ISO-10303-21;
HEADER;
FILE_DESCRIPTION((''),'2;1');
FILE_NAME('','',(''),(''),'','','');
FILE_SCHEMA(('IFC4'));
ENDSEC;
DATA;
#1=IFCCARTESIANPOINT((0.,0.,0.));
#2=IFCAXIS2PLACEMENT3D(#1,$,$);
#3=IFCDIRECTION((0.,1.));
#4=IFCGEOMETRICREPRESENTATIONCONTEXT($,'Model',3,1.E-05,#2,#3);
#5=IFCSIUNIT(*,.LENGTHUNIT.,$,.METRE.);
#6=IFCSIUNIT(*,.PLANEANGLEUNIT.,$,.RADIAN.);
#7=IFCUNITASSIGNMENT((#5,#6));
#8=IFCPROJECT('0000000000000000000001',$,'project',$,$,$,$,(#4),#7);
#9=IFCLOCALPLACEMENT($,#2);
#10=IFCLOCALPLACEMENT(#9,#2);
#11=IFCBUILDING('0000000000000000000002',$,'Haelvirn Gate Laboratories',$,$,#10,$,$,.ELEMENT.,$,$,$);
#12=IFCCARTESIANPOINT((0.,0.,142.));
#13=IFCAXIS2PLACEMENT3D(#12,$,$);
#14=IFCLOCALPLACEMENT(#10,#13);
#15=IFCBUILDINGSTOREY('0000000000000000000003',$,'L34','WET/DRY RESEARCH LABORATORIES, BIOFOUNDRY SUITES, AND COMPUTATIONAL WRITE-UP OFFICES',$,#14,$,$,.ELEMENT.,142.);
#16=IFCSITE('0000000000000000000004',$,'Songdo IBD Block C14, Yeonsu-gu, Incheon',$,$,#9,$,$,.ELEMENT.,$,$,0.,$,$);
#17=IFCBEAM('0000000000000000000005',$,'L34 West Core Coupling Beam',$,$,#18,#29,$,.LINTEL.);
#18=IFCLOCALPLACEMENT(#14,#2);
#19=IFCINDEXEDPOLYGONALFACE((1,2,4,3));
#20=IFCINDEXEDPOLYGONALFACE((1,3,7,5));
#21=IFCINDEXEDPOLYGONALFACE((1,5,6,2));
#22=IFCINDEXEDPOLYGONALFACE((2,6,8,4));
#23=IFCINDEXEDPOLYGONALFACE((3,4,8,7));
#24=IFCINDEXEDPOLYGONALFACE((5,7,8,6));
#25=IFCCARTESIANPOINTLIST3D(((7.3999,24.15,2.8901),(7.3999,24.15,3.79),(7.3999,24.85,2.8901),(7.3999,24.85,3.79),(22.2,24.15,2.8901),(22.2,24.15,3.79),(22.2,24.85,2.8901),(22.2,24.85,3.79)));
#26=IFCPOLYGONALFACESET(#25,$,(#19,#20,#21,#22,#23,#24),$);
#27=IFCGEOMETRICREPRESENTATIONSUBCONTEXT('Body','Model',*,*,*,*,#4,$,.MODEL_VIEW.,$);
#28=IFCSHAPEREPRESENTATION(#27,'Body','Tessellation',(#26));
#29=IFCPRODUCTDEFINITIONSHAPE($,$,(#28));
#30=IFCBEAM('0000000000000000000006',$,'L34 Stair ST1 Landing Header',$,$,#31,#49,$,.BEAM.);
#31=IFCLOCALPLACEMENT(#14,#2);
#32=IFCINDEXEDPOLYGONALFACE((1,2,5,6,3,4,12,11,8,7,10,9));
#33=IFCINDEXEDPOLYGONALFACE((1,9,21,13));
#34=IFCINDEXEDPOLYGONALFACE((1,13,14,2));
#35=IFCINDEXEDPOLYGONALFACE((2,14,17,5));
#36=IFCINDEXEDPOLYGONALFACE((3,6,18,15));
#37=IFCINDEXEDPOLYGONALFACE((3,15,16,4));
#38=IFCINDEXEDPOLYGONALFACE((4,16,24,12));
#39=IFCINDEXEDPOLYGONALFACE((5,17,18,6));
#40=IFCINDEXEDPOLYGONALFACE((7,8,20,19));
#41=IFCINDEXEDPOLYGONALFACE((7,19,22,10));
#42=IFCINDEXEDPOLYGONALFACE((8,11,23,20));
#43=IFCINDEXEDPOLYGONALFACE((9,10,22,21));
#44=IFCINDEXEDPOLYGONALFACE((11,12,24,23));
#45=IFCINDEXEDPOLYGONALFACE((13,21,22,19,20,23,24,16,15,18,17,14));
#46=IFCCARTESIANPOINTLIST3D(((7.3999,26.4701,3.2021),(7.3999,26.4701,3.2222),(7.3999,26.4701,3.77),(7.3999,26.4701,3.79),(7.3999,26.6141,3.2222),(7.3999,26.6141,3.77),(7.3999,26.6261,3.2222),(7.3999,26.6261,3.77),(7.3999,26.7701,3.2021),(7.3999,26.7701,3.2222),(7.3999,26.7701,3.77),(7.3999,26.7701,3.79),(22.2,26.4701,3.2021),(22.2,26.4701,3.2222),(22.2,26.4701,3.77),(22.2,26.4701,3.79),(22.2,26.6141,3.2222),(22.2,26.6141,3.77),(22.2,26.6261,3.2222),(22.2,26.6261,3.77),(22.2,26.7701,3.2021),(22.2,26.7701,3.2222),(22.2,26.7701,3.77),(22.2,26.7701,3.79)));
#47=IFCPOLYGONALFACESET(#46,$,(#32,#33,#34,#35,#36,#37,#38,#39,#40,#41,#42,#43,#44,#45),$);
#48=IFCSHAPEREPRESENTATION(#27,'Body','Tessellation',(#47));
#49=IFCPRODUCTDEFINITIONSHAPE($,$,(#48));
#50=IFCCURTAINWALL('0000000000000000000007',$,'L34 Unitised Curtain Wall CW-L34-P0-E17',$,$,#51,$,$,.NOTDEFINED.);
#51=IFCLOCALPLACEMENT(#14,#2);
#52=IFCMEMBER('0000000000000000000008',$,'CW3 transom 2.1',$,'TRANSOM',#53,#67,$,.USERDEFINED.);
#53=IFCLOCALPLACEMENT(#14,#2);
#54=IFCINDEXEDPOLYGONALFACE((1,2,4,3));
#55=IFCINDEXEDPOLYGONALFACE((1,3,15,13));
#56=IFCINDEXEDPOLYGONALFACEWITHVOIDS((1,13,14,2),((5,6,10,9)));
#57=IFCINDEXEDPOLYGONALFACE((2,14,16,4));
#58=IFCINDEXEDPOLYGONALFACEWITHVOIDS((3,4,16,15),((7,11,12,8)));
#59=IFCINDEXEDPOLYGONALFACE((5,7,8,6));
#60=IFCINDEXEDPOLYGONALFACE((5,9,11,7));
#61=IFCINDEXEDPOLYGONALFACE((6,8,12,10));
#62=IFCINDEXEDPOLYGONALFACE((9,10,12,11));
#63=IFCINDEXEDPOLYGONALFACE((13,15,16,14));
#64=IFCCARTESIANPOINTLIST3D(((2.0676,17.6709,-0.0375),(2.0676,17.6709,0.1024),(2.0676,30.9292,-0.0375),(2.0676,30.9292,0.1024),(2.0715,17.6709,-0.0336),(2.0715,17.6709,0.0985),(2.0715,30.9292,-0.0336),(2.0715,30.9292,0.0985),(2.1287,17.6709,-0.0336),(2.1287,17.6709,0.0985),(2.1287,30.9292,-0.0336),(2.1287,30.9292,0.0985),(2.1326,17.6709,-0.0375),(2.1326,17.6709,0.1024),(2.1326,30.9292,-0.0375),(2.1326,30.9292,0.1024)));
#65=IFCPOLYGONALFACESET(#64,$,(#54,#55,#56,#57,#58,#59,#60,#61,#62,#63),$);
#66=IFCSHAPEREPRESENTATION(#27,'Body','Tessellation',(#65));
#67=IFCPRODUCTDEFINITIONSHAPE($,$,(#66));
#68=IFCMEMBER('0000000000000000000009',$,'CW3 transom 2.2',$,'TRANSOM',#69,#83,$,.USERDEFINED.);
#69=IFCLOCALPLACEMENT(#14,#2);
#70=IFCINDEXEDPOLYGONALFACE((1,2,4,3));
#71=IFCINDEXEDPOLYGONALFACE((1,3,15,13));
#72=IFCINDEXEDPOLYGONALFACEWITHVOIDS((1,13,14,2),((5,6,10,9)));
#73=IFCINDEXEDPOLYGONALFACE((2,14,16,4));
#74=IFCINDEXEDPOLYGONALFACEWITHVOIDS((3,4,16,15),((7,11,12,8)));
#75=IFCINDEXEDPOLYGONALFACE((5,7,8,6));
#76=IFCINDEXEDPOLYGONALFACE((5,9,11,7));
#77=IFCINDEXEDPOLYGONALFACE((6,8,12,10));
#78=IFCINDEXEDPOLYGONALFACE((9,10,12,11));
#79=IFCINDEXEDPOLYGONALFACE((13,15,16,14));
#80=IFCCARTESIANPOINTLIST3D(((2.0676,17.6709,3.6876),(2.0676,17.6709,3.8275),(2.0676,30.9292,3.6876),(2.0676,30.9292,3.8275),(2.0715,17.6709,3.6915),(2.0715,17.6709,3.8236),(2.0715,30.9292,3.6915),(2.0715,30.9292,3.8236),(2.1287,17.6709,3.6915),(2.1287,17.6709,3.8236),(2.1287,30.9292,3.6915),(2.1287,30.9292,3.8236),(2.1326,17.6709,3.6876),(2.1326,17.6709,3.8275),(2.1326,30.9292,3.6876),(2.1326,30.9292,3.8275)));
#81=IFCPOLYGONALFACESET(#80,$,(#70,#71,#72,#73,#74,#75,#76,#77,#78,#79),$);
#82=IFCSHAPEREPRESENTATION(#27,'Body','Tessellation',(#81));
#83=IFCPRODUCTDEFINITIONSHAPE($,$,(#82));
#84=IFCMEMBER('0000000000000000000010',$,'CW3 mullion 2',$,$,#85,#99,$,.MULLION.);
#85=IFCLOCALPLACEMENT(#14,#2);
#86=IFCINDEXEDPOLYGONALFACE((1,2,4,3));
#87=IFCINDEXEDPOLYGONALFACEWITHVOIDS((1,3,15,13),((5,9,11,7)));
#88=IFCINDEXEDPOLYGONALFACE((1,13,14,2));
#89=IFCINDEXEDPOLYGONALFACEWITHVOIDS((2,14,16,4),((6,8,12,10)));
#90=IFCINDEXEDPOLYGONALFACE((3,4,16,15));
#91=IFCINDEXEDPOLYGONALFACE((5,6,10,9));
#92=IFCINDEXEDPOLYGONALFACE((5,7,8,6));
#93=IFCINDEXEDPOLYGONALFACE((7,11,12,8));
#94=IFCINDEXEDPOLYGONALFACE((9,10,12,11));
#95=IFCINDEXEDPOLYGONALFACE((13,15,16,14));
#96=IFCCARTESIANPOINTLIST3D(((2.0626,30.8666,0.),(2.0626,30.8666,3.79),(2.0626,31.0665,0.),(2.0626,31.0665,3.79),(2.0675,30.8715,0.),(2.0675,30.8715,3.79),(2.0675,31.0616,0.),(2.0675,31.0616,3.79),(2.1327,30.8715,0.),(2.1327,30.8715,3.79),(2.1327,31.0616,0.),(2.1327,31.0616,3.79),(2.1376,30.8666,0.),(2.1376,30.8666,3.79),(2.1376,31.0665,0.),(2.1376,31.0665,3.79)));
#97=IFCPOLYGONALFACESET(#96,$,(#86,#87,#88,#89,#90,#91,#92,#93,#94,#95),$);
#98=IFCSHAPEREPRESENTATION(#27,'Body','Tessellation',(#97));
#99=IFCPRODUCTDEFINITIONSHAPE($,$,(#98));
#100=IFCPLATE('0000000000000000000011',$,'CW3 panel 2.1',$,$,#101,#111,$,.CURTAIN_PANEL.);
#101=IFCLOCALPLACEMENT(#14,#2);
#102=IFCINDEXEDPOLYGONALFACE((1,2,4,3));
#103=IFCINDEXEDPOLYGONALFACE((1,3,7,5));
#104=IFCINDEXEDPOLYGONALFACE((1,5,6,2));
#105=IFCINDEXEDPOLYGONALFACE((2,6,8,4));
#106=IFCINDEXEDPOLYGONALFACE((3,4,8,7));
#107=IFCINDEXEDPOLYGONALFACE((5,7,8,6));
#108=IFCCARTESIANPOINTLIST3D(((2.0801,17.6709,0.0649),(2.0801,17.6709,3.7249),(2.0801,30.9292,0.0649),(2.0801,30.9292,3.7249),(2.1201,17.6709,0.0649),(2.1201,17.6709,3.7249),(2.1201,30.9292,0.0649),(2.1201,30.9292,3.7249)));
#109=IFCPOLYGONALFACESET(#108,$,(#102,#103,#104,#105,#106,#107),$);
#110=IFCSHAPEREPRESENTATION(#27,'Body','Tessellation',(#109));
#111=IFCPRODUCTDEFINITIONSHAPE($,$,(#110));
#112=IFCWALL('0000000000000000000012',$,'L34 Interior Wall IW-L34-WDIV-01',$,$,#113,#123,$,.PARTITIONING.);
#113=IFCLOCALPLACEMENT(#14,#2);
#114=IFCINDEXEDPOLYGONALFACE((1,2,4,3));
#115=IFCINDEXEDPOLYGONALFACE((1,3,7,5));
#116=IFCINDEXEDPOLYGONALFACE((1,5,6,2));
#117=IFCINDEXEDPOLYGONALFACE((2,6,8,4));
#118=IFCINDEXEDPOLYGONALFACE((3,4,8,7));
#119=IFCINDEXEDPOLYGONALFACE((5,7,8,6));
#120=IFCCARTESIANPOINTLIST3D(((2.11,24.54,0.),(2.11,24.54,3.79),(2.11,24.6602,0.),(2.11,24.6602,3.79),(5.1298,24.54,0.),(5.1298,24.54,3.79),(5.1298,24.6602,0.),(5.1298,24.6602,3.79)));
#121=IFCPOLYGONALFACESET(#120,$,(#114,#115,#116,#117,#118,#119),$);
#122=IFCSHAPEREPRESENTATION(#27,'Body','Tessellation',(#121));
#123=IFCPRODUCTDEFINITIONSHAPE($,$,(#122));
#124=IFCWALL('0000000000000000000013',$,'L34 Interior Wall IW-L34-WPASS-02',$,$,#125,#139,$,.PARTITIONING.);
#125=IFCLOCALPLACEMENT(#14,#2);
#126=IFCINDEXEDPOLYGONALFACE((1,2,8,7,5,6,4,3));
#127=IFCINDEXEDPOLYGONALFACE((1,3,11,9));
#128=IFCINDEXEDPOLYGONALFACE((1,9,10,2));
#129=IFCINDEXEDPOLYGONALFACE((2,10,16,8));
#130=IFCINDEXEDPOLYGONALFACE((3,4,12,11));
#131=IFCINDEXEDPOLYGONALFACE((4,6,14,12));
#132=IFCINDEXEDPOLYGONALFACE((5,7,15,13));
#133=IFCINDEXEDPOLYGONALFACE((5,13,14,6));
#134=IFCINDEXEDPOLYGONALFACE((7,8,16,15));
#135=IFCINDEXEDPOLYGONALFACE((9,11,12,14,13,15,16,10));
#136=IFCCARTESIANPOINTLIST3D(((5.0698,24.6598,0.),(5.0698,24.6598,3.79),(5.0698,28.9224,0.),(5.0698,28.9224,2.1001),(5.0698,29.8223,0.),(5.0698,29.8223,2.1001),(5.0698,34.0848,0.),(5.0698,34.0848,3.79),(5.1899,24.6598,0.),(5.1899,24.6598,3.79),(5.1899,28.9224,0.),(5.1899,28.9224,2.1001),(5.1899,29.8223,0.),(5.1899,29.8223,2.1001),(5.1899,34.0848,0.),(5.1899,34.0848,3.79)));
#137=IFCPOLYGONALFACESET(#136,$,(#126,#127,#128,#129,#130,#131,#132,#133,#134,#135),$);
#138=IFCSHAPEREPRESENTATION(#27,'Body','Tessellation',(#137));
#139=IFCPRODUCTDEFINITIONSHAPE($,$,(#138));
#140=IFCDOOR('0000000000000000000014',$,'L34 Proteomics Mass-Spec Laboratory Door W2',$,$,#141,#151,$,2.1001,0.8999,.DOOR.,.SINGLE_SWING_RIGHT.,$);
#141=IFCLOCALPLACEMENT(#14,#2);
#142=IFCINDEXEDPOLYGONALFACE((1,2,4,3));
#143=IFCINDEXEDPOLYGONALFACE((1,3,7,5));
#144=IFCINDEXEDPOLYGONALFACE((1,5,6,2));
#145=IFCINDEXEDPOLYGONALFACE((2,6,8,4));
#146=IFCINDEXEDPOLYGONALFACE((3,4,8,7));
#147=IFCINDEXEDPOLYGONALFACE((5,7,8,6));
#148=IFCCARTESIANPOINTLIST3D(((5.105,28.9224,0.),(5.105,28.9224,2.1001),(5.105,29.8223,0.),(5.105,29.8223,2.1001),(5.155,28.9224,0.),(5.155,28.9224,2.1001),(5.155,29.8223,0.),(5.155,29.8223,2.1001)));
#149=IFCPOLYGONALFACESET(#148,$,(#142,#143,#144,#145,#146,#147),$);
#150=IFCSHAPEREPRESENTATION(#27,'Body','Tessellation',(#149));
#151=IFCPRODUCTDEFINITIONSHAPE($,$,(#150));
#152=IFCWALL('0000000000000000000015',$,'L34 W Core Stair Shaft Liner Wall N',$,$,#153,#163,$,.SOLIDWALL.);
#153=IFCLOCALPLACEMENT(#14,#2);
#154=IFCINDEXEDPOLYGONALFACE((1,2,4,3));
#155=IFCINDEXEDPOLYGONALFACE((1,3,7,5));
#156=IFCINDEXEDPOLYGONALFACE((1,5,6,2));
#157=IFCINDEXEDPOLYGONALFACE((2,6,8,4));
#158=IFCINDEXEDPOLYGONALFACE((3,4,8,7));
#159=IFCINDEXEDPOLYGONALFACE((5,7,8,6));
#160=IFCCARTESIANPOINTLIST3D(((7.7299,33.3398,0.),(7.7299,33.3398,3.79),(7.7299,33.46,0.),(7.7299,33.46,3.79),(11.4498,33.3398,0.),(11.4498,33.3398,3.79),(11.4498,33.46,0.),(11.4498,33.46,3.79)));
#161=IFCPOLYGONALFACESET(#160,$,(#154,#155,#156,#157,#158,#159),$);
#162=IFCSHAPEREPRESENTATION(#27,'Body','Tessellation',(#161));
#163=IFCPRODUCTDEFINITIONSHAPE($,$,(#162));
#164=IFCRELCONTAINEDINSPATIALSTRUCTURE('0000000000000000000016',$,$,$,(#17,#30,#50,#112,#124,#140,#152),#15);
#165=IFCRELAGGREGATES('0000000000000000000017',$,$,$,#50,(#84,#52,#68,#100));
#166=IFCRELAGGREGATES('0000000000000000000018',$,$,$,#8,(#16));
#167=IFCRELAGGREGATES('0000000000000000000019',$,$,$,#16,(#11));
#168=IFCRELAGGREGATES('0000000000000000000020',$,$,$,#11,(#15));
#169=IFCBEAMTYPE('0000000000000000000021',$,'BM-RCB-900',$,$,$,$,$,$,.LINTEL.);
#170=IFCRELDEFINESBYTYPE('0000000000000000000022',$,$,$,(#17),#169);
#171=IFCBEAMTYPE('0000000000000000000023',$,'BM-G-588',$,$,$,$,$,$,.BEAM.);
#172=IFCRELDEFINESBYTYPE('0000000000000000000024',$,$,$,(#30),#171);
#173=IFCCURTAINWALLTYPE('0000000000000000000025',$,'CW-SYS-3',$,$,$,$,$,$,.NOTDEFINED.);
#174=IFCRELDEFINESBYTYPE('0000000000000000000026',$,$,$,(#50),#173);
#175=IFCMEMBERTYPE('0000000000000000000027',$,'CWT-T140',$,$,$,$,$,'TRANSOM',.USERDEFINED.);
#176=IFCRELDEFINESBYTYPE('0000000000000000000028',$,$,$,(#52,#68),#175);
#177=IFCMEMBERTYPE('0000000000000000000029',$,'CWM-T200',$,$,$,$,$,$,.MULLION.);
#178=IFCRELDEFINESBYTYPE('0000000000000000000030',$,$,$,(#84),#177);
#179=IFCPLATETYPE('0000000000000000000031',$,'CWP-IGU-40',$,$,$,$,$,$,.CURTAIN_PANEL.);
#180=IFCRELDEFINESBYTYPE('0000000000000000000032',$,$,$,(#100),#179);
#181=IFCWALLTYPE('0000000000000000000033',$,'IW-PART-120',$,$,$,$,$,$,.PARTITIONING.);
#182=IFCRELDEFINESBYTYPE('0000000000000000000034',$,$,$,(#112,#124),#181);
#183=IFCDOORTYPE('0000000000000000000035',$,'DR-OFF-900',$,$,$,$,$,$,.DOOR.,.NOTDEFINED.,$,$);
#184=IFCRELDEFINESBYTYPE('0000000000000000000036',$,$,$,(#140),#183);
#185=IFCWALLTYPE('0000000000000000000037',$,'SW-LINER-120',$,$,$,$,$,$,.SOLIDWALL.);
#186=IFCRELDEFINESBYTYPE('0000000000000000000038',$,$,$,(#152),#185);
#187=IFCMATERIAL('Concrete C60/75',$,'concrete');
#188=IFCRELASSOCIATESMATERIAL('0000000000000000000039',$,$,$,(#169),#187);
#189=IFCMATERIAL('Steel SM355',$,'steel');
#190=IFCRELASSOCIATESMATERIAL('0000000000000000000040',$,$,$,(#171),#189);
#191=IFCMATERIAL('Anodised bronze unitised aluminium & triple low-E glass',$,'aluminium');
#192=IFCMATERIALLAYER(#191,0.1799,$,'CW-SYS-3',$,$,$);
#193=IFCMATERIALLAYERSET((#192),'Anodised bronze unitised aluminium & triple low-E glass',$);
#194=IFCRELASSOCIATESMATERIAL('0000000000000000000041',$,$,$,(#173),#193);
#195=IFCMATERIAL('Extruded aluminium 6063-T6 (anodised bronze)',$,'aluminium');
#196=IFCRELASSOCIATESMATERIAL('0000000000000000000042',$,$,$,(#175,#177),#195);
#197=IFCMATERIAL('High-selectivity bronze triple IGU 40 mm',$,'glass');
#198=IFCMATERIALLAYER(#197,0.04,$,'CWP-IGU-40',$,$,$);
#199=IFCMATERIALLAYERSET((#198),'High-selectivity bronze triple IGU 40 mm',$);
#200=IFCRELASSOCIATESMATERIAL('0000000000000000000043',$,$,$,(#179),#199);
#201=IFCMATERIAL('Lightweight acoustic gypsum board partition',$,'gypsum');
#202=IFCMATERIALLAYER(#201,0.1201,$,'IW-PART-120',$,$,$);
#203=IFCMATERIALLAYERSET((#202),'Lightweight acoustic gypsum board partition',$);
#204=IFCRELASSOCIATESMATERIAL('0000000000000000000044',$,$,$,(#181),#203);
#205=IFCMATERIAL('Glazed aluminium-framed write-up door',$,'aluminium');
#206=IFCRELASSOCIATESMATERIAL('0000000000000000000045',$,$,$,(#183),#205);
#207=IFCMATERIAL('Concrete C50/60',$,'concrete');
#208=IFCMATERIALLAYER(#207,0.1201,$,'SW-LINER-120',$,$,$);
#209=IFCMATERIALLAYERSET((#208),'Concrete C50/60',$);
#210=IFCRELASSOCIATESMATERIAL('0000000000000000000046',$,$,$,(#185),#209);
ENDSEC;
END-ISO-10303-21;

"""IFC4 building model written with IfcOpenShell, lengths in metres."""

from ifc_helpers import new_model, si_unit, direction, frame, frame_2d, origin, origin_2d, place, context, subcontext, project, spatial, rectangle, hollow_rectangle, i_section, extrude, source, transform, mapped, material, layer, layer_set, material_profile, profile_set, type_object, type_shapes, element, fill, aggregate, save


model = new_model("IFC4")

# Units and contexts
model_context = context("Model", 3, precision=1e-05, world=origin(), true_north=direction((0.0, 1.0)))
body_context = subcontext(model_context, "Body", "Model", "MODEL_VIEW")
ifc_project = project(units=[si_unit("LENGTHUNIT", "METRE"), si_unit("PLANEANGLEUNIT", "RADIAN")], contexts=[model_context])

# Site, building, storey
site_placement = place(None, origin())
site = spatial("IfcSite", under=ifc_project, at=site_placement, Name="Songdo IBD Block C14, Yeonsu-gu, Incheon", CompositionType="ELEMENT", RefElevation=0.0)
building_placement = place(site_placement, origin())
building = spatial("IfcBuilding", under=site, at=building_placement, Name="Haelvirn Gate Laboratories", CompositionType="ELEMENT")
storey_placement = place(building_placement, frame((0.0, 0.0, 142.0)))
storey = spatial("IfcBuildingStorey", under=building, at=storey_placement, Name="L34", Description="WET/DRY RESEARCH LABORATORIES, BIOFOUNDRY SUITES, AND COMPUTATIONAL WRITE-UP OFFICES", CompositionType="ELEMENT", Elevation=142.0)

# Beams
ifc_material_1 = material(Name="Concrete C60/75", Category="concrete")
ifc_material_profile_1 = material_profile(ifc_material_1, rectangle(XDim=0.7, YDim=0.8999, at=origin_2d()), Name="RCB-700x900")
ifc_profile_set_1 = profile_set([ifc_material_profile_1], Name="Concrete C60/75")
beam_type_1 = type_object("IfcBeamType", Name="BM-RCB-900", PredefinedType="LINTEL", material=ifc_profile_set_1)
shared_shape_1 = source(origin(), body_context, "Body", "SweptSolid", [
    extrude(rectangle(XDim=0.7, YDim=0.8999, at=origin_2d()), origin(), (0.0, 0.0, 1.0), 14.8),
])
type_shapes(beam_type_1, [shared_shape_1])
beam_1_placement = place(storey_placement, frame((7.3999, 24.5, 3.3401), z_axis=(1.0, 0.0, 0.0), x_axis=(0.0, 1.0, 0.0)))
element("IfcBeam", 1, at=beam_1_placement, inside=storey, type_object=beam_type_1, Name="L34 West Core Coupling Beam", PredefinedType="LINTEL", context=body_context, shape_type="MappedRepresentation", body=[
    mapped(shared_shape_1, transform((0.0, 0.0, 0.0), scale=1.0)),
])
ifc_material_2 = material(Name="Steel SM355", Category="steel")
ifc_material_profile_2 = material_profile(ifc_material_2, i_section(OverallWidth=0.3, OverallDepth=0.5879, WebThickness=0.012, FlangeThickness=0.02, at=origin_2d()), Name="H-588x300x12x20")
ifc_profile_set_2 = profile_set([ifc_material_profile_2], Name="Steel SM355")
beam_type_2 = type_object("IfcBeamType", Name="BM-G-588", PredefinedType="BEAM", material=ifc_profile_set_2)
shared_shape_2 = source(origin(), body_context, "Body", "SweptSolid", [
    extrude(i_section(OverallWidth=0.3, OverallDepth=0.5879, WebThickness=0.012, FlangeThickness=0.02, at=origin_2d()), origin(), (0.0, 0.0, 1.0), 14.8),
])
type_shapes(beam_type_2, [shared_shape_2])
beam_2_placement = place(storey_placement, frame((7.3999, 26.6201, 3.4961), z_axis=(1.0, 0.0, 0.0), x_axis=(0.0, 1.0, 0.0)))
element("IfcBeam", 2, at=beam_2_placement, inside=storey, type_object=beam_type_2, Name="L34 Stair ST1 Landing Header", PredefinedType="BEAM", context=body_context, shape_type="MappedRepresentation", body=[
    mapped(shared_shape_2, transform((0.0, 0.0, 0.0), scale=1.0)),
])

# Curtain wall, members, plate
ifc_material_3 = material(Name="Anodised bronze unitised aluminium & triple low-E glass", Category="aluminium")
ifc_layer_1 = layer(ifc_material_3, 0.1799, Name="CW-SYS-3")
ifc_layer_set_1 = layer_set([ifc_layer_1], Name="Anodised bronze unitised aluminium & triple low-E glass")
curtain_wall_type = type_object("IfcCurtainWallType", Name="CW-SYS-3", PredefinedType="NOTDEFINED", material=ifc_layer_set_1)
curtain_wall_placement = place(storey_placement, origin())
curtain_wall = element("IfcCurtainWall", 3, at=curtain_wall_placement, inside=storey, type_object=curtain_wall_type, Name="L34 Unitised Curtain Wall CW-L34-P0-E17", PredefinedType="NOTDEFINED")
ifc_material_4 = material(Name="Extruded aluminium 6063-T6 (anodised bronze)", Category="aluminium")
ifc_material_profile_3 = material_profile(ifc_material_4, hollow_rectangle(XDim=0.0649, YDim=0.1399, WallThickness=0.0039, at=origin_2d()), Name="CWT-140x65x4")
ifc_profile_set_3 = profile_set([ifc_material_profile_3], Name="Extruded aluminium 6063-T6 (anodised bronze)")
member_type_1 = type_object("IfcMemberType", Name="CWT-T140", ElementType="TRANSOM", PredefinedType="USERDEFINED", material=ifc_profile_set_3)
shared_shape_3 = source(origin(), body_context, "Body", "SweptSolid", [
    extrude(hollow_rectangle(XDim=0.0649, YDim=0.1399, WallThickness=0.0039, at=origin_2d()), origin(), (0.0, 0.0, 1.0), 13.2583),
])
type_shapes(member_type_1, [shared_shape_3])
member_1_placement = place(storey_placement, frame((2.1001, 30.9292, 0.0325), z_axis=(0.0, -1.0, 0.0), x_axis=(1.0, 0.0, 0.0)))
member_1 = element("IfcMember", 4, at=member_1_placement, type_object=member_type_1, Name="CW3 transom 2.1", ObjectType="TRANSOM", PredefinedType="USERDEFINED", context=body_context, shape_type="MappedRepresentation", body=[
    mapped(shared_shape_3, transform((0.0, 0.0, 0.0), scale=1.0)),
])
member_2_placement = place(storey_placement, frame((2.1001, 30.9292, 3.7576), z_axis=(0.0, -1.0, 0.0), x_axis=(1.0, 0.0, 0.0)))
member_2 = element("IfcMember", 5, at=member_2_placement, type_object=member_type_1, Name="CW3 transom 2.2", ObjectType="TRANSOM", PredefinedType="USERDEFINED", context=body_context, shape_type="MappedRepresentation", body=[
    mapped(shared_shape_3, transform((0.0, 0.0, 0.0), scale=1.0)),
])
ifc_material_profile_4 = material_profile(ifc_material_4, hollow_rectangle(XDim=0.075, YDim=0.2, WallThickness=0.0049, at=origin_2d()), Name="CWM-200x75x5")
ifc_profile_set_4 = profile_set([ifc_material_profile_4], Name="Extruded aluminium 6063-T6 (anodised bronze)")
member_type_2 = type_object("IfcMemberType", Name="CWM-T200", PredefinedType="MULLION", material=ifc_profile_set_4)
shared_shape_4 = source(origin(), body_context, "Body", "SweptSolid", [
    extrude(hollow_rectangle(XDim=0.075, YDim=0.2, WallThickness=0.0049, at=origin_2d()), origin(), (0.0, 0.0, 1.0), 3.79),
])
type_shapes(member_type_2, [shared_shape_4])
member_3_placement = place(storey_placement, frame((2.1001, 30.9666, 0.0), z_axis=(0.0, 0.0, 1.0), x_axis=(1.0, 0.0, 0.0)))
member_3 = element("IfcMember", 6, at=member_3_placement, type_object=member_type_2, Name="CW3 mullion 2", PredefinedType="MULLION", context=body_context, shape_type="MappedRepresentation", body=[
    mapped(shared_shape_4, transform((0.0, 0.0, 0.0), scale=1.0)),
])
ifc_material_5 = material(Name="High-selectivity bronze triple IGU 40 mm", Category="glass")
ifc_layer_2 = layer(ifc_material_5, 0.04, Name="CWP-IGU-40")
ifc_layer_set_2 = layer_set([ifc_layer_2], Name="High-selectivity bronze triple IGU 40 mm")
plate_type = type_object("IfcPlateType", Name="CWP-IGU-40", PredefinedType="CURTAIN_PANEL", material=ifc_layer_set_2)
shared_shape_5 = source(origin(), body_context, "Body", "SweptSolid", [
    extrude(rectangle(XDim=13.2583, YDim=0.04, at=origin_2d()), origin(), (0.0, 0.0, 1.0), 3.6599),
])
type_shapes(plate_type, [shared_shape_5])
plate_placement = place(storey_placement, frame((2.1001, 24.3, 0.0649), z_axis=(0.0, 0.0, 1.0), x_axis=(0.0, -1.0, 0.0)))
plate = element("IfcPlate", 7, at=plate_placement, type_object=plate_type, Name="CW3 panel 2.1", PredefinedType="CURTAIN_PANEL", context=body_context, shape_type="MappedRepresentation", body=[
    mapped(shared_shape_5, transform((0.0, 0.0, 0.0), scale=1.0)),
])
aggregate(curtain_wall, [member_3, member_1, member_2, plate])

# Wall
ifc_material_6 = material(Name="Lightweight acoustic gypsum board partition", Category="gypsum")
ifc_layer_3 = layer(ifc_material_6, 0.1201, Name="IW-PART-120")
ifc_layer_set_3 = layer_set([ifc_layer_3], Name="Lightweight acoustic gypsum board partition")
wall_type_1 = type_object("IfcWallType", Name="IW-PART-120", PredefinedType="PARTITIONING", material=ifc_layer_set_3)
wall_1_placement = place(storey_placement, frame((2.1101, 24.6001, 0.0), z_axis=(0.0, 0.0, 1.0), x_axis=(1.0, 0.0, 0.0)))
element("IfcWall", 8, at=wall_1_placement, inside=storey, type_object=wall_type_1, Name="L34 Interior Wall IW-L34-WDIV-01", PredefinedType="PARTITIONING", context=body_context, shape_type="SweptSolid", body=[
    extrude(rectangle(XDim=3.0198, YDim=0.1201, at=frame_2d((1.5098, 0.0))), origin(), (0.0, 0.0, 1.0), 3.79),
])

# Wall, opening, door
wall_2_placement = place(storey_placement, frame((5.1299, 24.6599, 0.0), z_axis=(0.0, 0.0, 1.0), x_axis=(0.0, 1.0, 0.0)))
wall_2 = element("IfcWall", 9, at=wall_2_placement, inside=storey, type_object=wall_type_1, Name="L34 Interior Wall IW-L34-WPASS-02", PredefinedType="PARTITIONING", context=body_context, shape_type="SweptSolid", body=[
    extrude(rectangle(XDim=9.425, YDim=0.1201, at=frame_2d((4.7124, 0.0))), origin(), (0.0, 0.0, 1.0), 3.79),
])
opening_1_placement = place(wall_2_placement, frame((4.2625, 0.0, 0.0)))
opening_1 = element("IfcOpeningElement", 10, at=opening_1_placement, cuts=wall_2, PredefinedType="OPENING", context=body_context, shape_type="SweptSolid", body=[
    extrude(rectangle(XDim=0.8999, YDim=2.1001, at=frame_2d((0.45, 1.05))), frame((0.0, 0.0701, 0.0), z_axis=(0.0, -1.0, 0.0), x_axis=(1.0, 0.0, 0.0)), (0.0, 0.0, 1.0), 0.1401),
])
ifc_material_7 = material(Name="Glazed aluminium-framed write-up door", Category="aluminium")
door_type_1 = type_object("IfcDoorType", Name="DR-OFF-900", OperationType="NOTDEFINED", PredefinedType="DOOR", material=ifc_material_7)
shared_shape_6 = source(origin(), body_context, "Body", "SweptSolid", [
    extrude(rectangle(XDim=0.8999, YDim=2.1001, at=frame_2d((0.45, 1.05))), frame((0.0, 0.0249, 0.0), z_axis=(0.0, -1.0, 0.0), x_axis=(1.0, 0.0, 0.0)), (0.0, 0.0, 1.0), 0.05),
])
type_shapes(door_type_1, [shared_shape_6])
door_1_placement = place(opening_1_placement, origin())
door_1 = element("IfcDoor", 11, at=door_1_placement, inside=storey, type_object=door_type_1, Name="L34 Proteomics Mass-Spec Laboratory Door W2", OperationType="SINGLE_SWING_RIGHT", OverallHeight=2.1001, OverallWidth=0.8999, PredefinedType="DOOR", context=body_context, shape_type="MappedRepresentation", body=[
    mapped(shared_shape_6, transform((0.0, 0.0, 0.0), scale=1.0)),
])
fill(opening_1, door_1)

# Wall
ifc_material_8 = material(Name="Concrete C50/60", Category="concrete")
ifc_layer_4 = layer(ifc_material_8, 0.1201, Name="SW-LINER-120")
ifc_layer_set_4 = layer_set([ifc_layer_4], Name="Concrete C50/60")
wall_type_2 = type_object("IfcWallType", Name="SW-LINER-120", PredefinedType="SOLIDWALL", material=ifc_layer_set_4)
wall_3_placement = place(storey_placement, frame((7.73, 33.3999, 0.0), z_axis=(0.0, 0.0, 1.0), x_axis=(1.0, 0.0, 0.0)))
element("IfcWall", 12, at=wall_3_placement, inside=storey, type_object=wall_type_2, Name="L34 W Core Stair Shaft Liner Wall N", PredefinedType="SOLIDWALL", context=body_context, shape_type="SweptSolid", body=[
    extrude(rectangle(XDim=3.72, YDim=0.1201, at=frame_2d((1.8599, 0.0))), origin(), (0.0, 0.0, 1.0), 3.79),
])

save(model, "model.ifc")
